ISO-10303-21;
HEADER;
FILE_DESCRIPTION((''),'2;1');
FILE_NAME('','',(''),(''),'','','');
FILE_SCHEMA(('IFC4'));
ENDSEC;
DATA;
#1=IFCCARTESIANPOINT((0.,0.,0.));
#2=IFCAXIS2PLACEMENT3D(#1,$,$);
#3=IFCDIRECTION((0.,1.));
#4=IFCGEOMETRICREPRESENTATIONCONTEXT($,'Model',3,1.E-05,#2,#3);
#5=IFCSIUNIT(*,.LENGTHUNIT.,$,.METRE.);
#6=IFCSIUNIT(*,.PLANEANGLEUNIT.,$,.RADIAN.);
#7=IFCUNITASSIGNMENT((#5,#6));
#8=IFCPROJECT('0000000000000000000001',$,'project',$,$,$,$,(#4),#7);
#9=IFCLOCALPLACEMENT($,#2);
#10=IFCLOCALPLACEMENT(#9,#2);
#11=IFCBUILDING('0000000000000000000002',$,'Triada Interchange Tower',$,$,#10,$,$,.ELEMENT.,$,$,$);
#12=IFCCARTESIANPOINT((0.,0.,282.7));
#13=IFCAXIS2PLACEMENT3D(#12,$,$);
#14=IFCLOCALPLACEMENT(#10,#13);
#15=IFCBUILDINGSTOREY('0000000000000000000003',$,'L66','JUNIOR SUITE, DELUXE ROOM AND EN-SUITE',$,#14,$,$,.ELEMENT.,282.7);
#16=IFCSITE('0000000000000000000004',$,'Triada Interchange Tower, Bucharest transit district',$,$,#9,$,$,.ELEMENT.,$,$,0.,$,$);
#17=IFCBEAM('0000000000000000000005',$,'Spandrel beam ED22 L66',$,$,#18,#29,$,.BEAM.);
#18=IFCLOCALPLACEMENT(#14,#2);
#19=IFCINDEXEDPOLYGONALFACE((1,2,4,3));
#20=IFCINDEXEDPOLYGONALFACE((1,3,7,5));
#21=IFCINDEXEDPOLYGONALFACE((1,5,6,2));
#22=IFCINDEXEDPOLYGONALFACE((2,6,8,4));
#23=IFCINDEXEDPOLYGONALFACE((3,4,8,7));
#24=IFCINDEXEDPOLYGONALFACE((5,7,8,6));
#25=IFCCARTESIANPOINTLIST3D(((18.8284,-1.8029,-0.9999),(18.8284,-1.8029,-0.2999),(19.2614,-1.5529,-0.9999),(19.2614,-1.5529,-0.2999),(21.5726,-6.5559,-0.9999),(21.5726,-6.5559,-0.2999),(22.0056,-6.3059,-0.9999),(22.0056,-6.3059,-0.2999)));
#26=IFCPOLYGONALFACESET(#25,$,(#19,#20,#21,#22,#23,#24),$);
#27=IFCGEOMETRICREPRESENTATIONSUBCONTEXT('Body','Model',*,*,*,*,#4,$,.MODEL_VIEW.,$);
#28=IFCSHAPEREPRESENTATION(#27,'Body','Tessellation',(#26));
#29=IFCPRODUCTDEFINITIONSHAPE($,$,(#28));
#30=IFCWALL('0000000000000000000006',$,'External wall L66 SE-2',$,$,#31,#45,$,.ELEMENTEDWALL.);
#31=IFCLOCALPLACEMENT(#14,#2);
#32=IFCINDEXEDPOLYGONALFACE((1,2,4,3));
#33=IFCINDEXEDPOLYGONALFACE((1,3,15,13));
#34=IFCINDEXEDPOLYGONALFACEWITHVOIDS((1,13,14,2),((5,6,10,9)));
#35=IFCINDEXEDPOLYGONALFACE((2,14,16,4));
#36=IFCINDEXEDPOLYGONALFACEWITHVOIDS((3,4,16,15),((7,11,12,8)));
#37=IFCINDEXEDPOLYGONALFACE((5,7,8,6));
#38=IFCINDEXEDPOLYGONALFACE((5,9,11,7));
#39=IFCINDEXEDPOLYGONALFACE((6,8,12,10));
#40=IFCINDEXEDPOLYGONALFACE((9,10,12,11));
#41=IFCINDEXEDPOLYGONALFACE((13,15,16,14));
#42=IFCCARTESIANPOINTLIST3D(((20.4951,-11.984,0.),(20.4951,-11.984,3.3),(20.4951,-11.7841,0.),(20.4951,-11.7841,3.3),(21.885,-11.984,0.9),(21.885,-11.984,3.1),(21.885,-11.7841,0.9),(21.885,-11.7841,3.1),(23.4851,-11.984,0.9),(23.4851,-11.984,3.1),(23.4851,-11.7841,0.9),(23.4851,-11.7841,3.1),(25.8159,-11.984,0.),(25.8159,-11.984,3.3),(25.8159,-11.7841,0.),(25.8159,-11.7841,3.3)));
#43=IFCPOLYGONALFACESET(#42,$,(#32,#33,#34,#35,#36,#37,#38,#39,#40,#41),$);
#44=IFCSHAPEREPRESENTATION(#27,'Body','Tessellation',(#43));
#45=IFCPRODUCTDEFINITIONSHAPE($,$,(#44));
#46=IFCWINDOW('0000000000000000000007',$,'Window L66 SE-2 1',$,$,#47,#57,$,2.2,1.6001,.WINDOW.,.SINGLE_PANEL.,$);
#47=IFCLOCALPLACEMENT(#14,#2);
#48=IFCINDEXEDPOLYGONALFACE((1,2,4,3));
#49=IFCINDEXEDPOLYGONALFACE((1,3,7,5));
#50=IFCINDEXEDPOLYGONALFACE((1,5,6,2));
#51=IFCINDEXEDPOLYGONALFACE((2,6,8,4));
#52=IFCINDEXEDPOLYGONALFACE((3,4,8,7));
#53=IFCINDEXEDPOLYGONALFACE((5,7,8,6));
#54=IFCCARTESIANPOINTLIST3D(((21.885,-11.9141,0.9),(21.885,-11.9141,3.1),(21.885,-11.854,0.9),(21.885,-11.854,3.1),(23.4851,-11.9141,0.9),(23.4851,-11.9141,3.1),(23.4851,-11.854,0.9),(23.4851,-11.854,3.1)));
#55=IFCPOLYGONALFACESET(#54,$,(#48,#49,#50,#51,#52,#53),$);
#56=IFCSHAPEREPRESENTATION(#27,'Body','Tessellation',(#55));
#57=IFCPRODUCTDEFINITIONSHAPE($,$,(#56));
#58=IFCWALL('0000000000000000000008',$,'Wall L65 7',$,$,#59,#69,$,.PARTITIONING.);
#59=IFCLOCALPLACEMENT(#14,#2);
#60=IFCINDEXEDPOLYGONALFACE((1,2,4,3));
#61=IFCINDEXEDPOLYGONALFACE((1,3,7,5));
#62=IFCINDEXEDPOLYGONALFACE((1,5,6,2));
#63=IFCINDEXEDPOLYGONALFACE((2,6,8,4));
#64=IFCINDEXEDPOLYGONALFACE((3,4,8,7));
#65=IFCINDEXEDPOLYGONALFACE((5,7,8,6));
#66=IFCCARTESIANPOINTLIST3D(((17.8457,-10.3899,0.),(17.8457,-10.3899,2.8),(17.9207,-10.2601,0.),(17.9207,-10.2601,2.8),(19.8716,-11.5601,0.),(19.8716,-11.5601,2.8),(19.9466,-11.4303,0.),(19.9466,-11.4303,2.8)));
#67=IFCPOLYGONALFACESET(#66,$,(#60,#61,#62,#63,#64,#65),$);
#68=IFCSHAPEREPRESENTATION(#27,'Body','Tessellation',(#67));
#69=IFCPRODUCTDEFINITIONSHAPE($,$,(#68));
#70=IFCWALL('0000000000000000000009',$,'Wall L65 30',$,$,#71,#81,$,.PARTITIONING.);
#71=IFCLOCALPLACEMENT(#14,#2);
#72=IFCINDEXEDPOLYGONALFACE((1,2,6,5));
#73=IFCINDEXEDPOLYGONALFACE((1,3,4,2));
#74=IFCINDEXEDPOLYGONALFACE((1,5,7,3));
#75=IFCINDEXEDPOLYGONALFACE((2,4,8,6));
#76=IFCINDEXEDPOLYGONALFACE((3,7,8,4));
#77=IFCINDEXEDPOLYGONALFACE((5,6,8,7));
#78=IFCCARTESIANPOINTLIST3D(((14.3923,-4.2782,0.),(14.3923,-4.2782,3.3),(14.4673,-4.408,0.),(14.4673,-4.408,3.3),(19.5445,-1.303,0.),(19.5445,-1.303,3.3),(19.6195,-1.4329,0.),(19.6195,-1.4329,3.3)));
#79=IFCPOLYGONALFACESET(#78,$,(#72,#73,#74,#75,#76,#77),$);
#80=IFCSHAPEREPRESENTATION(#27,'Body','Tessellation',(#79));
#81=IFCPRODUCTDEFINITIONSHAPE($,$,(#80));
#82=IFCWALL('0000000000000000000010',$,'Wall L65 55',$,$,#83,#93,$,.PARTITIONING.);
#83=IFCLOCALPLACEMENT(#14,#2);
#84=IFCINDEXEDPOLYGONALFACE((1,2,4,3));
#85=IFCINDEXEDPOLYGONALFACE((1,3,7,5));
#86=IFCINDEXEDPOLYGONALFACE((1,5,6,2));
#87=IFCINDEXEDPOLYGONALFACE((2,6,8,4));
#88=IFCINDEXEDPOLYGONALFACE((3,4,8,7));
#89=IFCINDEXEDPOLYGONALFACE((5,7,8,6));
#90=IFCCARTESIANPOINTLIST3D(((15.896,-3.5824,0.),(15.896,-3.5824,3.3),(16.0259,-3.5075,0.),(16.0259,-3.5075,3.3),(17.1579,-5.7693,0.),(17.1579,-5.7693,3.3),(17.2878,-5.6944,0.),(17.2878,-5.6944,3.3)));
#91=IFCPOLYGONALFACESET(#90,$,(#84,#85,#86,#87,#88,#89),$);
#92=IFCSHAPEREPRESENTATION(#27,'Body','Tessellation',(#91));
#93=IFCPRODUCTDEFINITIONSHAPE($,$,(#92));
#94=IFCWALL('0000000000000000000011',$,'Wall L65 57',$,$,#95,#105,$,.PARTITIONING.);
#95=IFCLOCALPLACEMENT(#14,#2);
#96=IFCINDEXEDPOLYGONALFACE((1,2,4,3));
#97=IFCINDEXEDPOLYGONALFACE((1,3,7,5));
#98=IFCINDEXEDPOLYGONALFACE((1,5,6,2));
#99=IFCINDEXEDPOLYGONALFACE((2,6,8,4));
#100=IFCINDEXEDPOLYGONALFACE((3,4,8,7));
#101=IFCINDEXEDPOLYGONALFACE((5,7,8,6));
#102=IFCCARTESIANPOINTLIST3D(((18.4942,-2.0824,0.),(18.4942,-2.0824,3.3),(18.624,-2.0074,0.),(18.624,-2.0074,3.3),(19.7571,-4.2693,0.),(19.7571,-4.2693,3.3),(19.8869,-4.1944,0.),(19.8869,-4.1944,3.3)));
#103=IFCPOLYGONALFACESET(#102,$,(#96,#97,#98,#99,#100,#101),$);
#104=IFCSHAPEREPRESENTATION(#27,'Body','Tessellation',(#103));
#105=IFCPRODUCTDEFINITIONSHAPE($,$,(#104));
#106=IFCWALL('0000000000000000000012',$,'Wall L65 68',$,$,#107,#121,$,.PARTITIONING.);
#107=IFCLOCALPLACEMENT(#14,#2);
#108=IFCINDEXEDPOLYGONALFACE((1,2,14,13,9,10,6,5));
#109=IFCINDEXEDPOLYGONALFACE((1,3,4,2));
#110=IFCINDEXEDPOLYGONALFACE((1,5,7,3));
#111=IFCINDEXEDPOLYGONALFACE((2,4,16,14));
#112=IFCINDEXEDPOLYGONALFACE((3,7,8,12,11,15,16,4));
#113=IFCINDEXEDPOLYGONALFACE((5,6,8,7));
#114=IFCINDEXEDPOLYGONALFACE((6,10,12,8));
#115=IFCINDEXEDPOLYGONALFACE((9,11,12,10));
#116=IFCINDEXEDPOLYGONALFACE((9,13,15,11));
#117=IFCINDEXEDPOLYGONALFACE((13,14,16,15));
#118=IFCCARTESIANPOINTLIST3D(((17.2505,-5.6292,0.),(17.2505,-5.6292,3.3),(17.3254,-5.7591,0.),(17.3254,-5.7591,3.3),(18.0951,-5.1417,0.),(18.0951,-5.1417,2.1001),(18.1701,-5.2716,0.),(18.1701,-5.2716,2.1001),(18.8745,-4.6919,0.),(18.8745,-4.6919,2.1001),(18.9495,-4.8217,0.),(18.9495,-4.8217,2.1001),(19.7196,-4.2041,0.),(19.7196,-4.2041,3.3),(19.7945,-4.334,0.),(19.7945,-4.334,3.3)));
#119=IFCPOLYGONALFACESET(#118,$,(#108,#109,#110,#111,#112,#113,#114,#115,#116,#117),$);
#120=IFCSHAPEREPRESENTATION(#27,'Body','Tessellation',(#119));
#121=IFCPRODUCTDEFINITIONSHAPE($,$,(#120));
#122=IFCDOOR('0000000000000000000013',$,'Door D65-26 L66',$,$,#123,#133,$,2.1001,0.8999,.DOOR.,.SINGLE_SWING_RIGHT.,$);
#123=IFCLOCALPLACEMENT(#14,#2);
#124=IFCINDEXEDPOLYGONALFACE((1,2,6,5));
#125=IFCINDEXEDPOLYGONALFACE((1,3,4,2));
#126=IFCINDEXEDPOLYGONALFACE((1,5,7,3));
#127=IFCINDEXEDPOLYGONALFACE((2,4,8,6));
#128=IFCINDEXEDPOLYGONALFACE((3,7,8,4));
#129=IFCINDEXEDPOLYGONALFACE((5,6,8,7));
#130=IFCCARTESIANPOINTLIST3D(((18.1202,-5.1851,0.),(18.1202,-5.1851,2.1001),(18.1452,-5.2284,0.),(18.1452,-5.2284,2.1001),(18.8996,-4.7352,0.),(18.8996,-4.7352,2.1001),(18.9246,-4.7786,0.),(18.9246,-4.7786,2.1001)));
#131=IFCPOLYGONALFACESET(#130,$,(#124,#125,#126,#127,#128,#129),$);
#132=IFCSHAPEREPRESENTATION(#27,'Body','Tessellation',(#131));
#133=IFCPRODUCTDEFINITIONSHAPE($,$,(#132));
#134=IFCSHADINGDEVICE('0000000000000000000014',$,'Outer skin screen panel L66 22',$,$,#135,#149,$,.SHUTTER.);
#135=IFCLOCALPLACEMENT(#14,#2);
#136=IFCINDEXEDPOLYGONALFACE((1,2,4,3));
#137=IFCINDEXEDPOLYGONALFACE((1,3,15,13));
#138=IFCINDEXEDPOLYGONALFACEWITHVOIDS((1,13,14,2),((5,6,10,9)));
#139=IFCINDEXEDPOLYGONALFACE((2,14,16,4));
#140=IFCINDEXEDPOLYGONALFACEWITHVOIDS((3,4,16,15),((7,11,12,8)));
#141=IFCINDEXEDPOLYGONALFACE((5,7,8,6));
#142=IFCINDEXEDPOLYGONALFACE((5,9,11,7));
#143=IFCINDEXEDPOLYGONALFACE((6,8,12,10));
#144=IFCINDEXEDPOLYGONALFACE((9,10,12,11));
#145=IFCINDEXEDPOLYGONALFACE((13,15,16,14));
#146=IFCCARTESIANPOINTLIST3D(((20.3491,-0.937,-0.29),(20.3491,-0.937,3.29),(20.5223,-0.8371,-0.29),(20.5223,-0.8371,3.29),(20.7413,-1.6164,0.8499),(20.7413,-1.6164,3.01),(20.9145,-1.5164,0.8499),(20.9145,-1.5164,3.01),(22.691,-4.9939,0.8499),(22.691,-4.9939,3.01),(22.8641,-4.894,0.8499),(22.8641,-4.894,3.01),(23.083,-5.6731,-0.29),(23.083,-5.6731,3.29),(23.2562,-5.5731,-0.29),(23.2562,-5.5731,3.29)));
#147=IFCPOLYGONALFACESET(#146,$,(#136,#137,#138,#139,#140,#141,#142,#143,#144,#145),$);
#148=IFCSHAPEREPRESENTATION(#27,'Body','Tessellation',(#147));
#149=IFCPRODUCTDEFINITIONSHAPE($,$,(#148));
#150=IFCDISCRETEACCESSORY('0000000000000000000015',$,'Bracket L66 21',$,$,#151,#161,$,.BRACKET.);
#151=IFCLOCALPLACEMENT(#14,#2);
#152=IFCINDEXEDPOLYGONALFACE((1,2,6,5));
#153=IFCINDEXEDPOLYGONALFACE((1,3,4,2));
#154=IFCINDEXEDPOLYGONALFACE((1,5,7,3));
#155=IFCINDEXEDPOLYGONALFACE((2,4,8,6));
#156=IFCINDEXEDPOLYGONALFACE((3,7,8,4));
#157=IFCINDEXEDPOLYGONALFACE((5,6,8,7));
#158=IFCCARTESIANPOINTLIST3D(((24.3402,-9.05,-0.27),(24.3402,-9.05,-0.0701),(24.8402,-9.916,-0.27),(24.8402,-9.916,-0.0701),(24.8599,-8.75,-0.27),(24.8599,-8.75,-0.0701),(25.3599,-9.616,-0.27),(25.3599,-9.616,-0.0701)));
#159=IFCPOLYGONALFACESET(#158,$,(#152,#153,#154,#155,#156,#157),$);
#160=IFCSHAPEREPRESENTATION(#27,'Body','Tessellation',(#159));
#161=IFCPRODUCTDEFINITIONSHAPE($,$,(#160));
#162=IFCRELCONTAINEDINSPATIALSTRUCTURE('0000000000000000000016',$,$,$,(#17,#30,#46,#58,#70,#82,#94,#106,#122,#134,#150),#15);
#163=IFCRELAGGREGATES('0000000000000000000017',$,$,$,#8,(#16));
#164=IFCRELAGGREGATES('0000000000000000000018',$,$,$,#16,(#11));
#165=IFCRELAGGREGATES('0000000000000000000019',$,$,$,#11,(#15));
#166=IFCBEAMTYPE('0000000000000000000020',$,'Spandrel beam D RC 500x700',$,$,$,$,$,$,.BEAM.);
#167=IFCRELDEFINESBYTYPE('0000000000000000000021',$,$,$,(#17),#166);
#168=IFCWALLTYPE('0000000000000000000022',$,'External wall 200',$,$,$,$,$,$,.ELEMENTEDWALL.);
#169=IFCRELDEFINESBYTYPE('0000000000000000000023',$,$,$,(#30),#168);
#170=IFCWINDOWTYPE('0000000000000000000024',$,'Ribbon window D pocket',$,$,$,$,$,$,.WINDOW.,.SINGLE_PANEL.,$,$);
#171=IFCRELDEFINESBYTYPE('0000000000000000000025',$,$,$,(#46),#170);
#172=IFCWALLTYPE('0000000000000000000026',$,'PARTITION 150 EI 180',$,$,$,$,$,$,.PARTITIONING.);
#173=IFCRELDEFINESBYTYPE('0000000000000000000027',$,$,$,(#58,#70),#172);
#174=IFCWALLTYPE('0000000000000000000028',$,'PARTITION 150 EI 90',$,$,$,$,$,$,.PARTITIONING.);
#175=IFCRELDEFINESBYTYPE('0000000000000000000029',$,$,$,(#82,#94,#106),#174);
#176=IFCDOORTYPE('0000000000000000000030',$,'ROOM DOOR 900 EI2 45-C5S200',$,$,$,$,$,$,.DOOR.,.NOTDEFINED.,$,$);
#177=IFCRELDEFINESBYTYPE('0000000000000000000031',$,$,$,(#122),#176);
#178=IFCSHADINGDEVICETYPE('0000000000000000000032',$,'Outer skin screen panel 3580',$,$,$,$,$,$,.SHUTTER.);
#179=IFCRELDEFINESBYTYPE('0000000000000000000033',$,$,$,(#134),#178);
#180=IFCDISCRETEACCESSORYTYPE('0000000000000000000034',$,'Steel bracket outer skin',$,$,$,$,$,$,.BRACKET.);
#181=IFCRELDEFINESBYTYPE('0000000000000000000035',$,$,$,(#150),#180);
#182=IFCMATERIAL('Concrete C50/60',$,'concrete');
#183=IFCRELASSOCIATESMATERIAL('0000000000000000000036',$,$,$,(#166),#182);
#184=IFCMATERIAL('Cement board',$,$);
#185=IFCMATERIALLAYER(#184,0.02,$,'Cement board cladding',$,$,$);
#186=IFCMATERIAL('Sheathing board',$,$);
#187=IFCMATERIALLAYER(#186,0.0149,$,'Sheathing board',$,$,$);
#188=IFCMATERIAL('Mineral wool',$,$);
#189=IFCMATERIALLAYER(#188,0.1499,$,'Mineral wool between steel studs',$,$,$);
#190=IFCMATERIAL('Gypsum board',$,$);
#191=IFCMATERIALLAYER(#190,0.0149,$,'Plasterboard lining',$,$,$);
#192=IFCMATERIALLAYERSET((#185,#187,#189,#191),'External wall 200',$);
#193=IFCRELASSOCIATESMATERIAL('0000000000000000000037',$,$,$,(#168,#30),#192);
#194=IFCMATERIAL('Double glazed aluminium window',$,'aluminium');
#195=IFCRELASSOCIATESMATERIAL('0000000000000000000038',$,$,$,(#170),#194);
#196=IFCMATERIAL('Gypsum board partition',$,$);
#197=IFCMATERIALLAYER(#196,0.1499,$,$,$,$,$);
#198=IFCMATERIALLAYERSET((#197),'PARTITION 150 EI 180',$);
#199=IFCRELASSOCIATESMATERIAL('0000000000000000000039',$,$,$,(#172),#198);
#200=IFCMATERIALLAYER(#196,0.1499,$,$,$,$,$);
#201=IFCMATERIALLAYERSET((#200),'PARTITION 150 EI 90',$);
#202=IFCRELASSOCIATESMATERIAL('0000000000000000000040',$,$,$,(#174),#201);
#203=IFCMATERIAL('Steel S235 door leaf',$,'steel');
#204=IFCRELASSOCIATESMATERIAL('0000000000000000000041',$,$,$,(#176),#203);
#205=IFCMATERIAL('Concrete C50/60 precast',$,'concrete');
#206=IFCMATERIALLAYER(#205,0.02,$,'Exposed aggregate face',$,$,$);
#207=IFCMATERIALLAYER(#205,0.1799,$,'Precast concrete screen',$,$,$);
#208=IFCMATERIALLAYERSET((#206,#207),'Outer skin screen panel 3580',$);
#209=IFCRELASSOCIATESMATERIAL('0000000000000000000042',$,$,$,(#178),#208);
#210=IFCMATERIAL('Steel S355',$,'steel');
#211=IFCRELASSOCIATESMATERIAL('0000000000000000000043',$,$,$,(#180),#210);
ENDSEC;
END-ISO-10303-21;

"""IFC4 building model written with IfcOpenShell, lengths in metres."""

from ifc_helpers import new_model, si_unit, direction, frame, frame_2d, origin, origin_2d, place, context, subcontext, project, spatial, polyline, rectangle, outline, extrude, material, layer, layer_set, layer_usage, material_profile, profile_set, type_object, element, fill, save


model = new_model("IFC4")

# Units and contexts
model_context = context("Model", 3, precision=1e-05, world=origin(), true_north=direction((0.0, 1.0)))
body_context = subcontext(model_context, "Body", "Model", "MODEL_VIEW")
ifc_project = project(units=[si_unit("LENGTHUNIT", "METRE"), si_unit("PLANEANGLEUNIT", "RADIAN")], contexts=[model_context])

# Site, building, storey
site_placement = place(None, origin())
site = spatial("IfcSite", under=ifc_project, at=site_placement, Name="Triada Interchange Tower, Bucharest transit district", CompositionType="ELEMENT", RefElevation=0.0)
building_placement = place(site_placement, origin())
building = spatial("IfcBuilding", under=site, at=building_placement, Name="Triada Interchange Tower", CompositionType="ELEMENT")
storey_placement = place(building_placement, frame((0.0, 0.0, 282.7)))
storey = spatial("IfcBuildingStorey", under=building, at=storey_placement, Name="L66", Description="JUNIOR SUITE, DELUXE ROOM AND EN-SUITE", CompositionType="ELEMENT", Elevation=282.7)

# Beam
ifc_material_1 = material(Name="Concrete C50/60", Category="concrete")
ifc_material_profile_1 = material_profile(ifc_material_1, rectangle(XDim=0.5, YDim=0.7, at=origin_2d()), Name="RC 500x700")
ifc_profile_set_1 = profile_set([ifc_material_profile_1], Name="Concrete C50/60")
beam_type_1 = type_object("IfcBeamType", Name="Spandrel beam D RC 500x700", PredefinedType="BEAM", material=ifc_profile_set_1)
for number, where, z_axis, x_axis, name in (
    (1, (21.7891, -6.4309, -0.6499), (-0.500005, 0.866023, 0.0), (-0.866023, -0.500005, 0.0), "Spandrel beam ED22 L66"),
):
    element("IfcBeam", number, at=place(storey_placement, frame(where, z_axis=z_axis, x_axis=x_axis)), inside=storey, type_object=beam_type_1, Name=name, PredefinedType="BEAM", context=body_context, shape_type="SweptSolid", body=[
        extrude(rectangle(XDim=0.5, YDim=0.7, at=origin_2d()), origin(), (0.0, 0.0, 1.0), 5.4883),
    ])

# Shared definitions
ifc_material_2 = material(Name="Steel S235 door leaf", Category="steel")

# Wall, opening, window
ifc_material_3 = material(Name="Cement board")
ifc_layer_1 = layer(ifc_material_3, 0.02, Name="Cement board cladding")
ifc_material_4 = material(Name="Sheathing board")
ifc_layer_2 = layer(ifc_material_4, 0.0149, Name="Sheathing board")
ifc_material_5 = material(Name="Mineral wool")
ifc_layer_3 = layer(ifc_material_5, 0.1499, Name="Mineral wool between steel studs")
ifc_material_6 = material(Name="Gypsum board")
ifc_layer_4 = layer(ifc_material_6, 0.0149, Name="Plasterboard lining")
ifc_layer_set_1 = layer_set([ifc_layer_1, ifc_layer_2, ifc_layer_3, ifc_layer_4], Name="External wall 200")
ifc_layer_usage = layer_usage(ifc_layer_set_1, "AXIS2", "POSITIVE", -0.1001)
wall_type_1 = type_object("IfcWallType", Name="External wall 200", PredefinedType="ELEMENTEDWALL", material=ifc_layer_set_1)
wall_1_placement = place(storey_placement, frame((20.4951, -11.884, 0.0), z_axis=(0.0, 0.0, 1.0), x_axis=(1.0, 0.0, 0.0)))
wall_1 = element("IfcWall", 2, at=wall_1_placement, inside=storey, type_object=wall_type_1, material=ifc_layer_usage, Name="External wall L66 SE-2", PredefinedType="ELEMENTEDWALL", context=body_context, shape_type="SweptSolid", body=[
    extrude(rectangle(XDim=5.3208, YDim=0.2, at=frame_2d((2.6604, 0.0))), origin(), (0.0, 0.0, 1.0), 3.3),
])
opening_1_placement = place(wall_1_placement, frame((1.3899, 0.0, 0.8999)))
opening_1 = element("IfcOpeningElement", 3, at=opening_1_placement, cuts=wall_1, PredefinedType="OPENING", context=body_context, shape_type="SweptSolid", body=[
    extrude(rectangle(XDim=1.6001, YDim=2.2, at=frame_2d((0.8, 1.1001))), frame((0.0, 0.1099, 0.0), z_axis=(0.0, -1.0, 0.0), x_axis=(1.0, 0.0, 0.0)), (0.0, 0.0, 1.0), 0.22),
])
ifc_material_7 = material(Name="Double glazed aluminium window", Category="aluminium")
window_type = type_object("IfcWindowType", Name="Ribbon window D pocket", PartitioningType="SINGLE_PANEL", PredefinedType="WINDOW", material=ifc_material_7)
window_placement = place(opening_1_placement, origin())
window = element("IfcWindow", 4, at=window_placement, inside=storey, type_object=window_type, Name="Window L66 SE-2 1", OverallHeight=2.2, OverallWidth=1.6001, PartitioningType="SINGLE_PANEL", PredefinedType="WINDOW", context=body_context, shape_type="SweptSolid", body=[
    extrude(rectangle(XDim=1.6001, YDim=2.2, at=frame_2d((0.8, 1.1001))), frame((0.0, 0.03, 0.0), z_axis=(0.0, -1.0, 0.0), x_axis=(1.0, 0.0, 0.0)), (0.0, 0.0, 1.0), 0.0601),
])
fill(opening_1, window)

# Walls
ifc_material_8 = material(Name="Gypsum board partition")
ifc_layer_5 = layer(ifc_material_8, 0.1499)
ifc_layer_set_2 = layer_set([ifc_layer_5], Name="PARTITION 150 EI 180")
wall_type_2 = type_object("IfcWallType", Name="PARTITION 150 EI 180", PredefinedType="PARTITIONING", material=ifc_layer_set_2)
wall_2_placement = place(storey_placement, frame((17.8831, -10.325, 0.0), z_axis=(0.0, 0.0, 1.0), x_axis=(0.865928, -0.500168, 0.0)))
element("IfcWall", 5, at=wall_2_placement, inside=storey, type_object=wall_type_2, Name="Wall L65 7", PredefinedType="PARTITIONING", context=body_context, shape_type="SweptSolid", body=[
    extrude(rectangle(XDim=2.3396, YDim=0.1499, at=frame_2d((1.1699, 0.0))), origin(), (0.0, 0.0, 1.0), 2.8),
])
wall_3_placement = place(storey_placement, frame((14.4299, -4.343, 0.0), z_axis=(0.0, 0.0, 1.0), x_axis=(0.865987, 0.500067, 0.0)))
element("IfcWall", 6, at=wall_3_placement, inside=storey, type_object=wall_type_2, Name="Wall L65 30", PredefinedType="PARTITIONING", context=body_context, shape_type="SweptSolid", body=[
    extrude(rectangle(XDim=5.9495, YDim=0.1499, at=frame_2d((2.9746, 0.0))), origin(), (0.0, 0.0, 1.0), 3.3),
])
ifc_layer_6 = layer(ifc_material_8, 0.1499)
ifc_layer_set_3 = layer_set([ifc_layer_6], Name="PARTITION 150 EI 90")
wall_type_3 = type_object("IfcWallType", Name="PARTITION 150 EI 90", PredefinedType="PARTITIONING", material=ifc_layer_set_3)
wall_4_placement = place(storey_placement, frame((15.9609, -3.5449, 0.0), z_axis=(0.0, 0.0, 1.0), x_axis=(0.499789, -0.866147, 0.0)))
element("IfcWall", 7, at=wall_4_placement, inside=storey, type_object=wall_type_3, Name="Wall L65 55", PredefinedType="PARTITIONING", context=body_context, shape_type="SweptSolid", body=[
    extrude(rectangle(XDim=2.5249, YDim=0.1499, at=frame_2d((1.2625, 0.0))), origin(), (0.0, 0.0, 1.0), 3.3),
])
wall_5_placement = place(storey_placement, frame((18.5591, -2.0449, 0.0), z_axis=(0.0, 0.0, 1.0), x_axis=(0.500079, -0.86598, 0.0)))
element("IfcWall", 8, at=wall_5_placement, inside=storey, type_object=wall_type_3, Name="Wall L65 57", PredefinedType="PARTITIONING", context=body_context, shape_type="SweptSolid", body=[
    extrude(rectangle(XDim=2.5254, YDim=0.1499, at=frame_2d((1.2627, 0.0))), origin(), (0.0, 0.0, 1.0), 3.3),
])

# Wall, opening, door
wall_6_placement = place(storey_placement, frame((17.2881, -5.6941, 0.0), z_axis=(0.0, 0.0, 1.0), x_axis=(0.86609, 0.499888, 0.0)))
wall_6 = element("IfcWall", 9, at=wall_6_placement, inside=storey, type_object=wall_type_3, Name="Wall L65 68", PredefinedType="PARTITIONING", context=body_context, shape_type="SweptSolid", body=[
    extrude(rectangle(XDim=2.8508, YDim=0.1499, at=frame_2d((1.4253, 0.0))), origin(), (0.0, 0.0, 1.0), 3.3),
])
opening_2_placement = place(wall_6_placement, frame((0.9751, 0.0, 0.0)))
opening_2 = element("IfcOpeningElement", 10, at=opening_2_placement, cuts=wall_6, PredefinedType="OPENING", context=body_context, shape_type="SweptSolid", body=[
    extrude(rectangle(XDim=0.8999, YDim=2.1001, at=frame_2d((0.45, 1.05))), frame((0.0, 0.085, 0.0), z_axis=(0.0, -1.0, 0.0), x_axis=(1.0, 0.0, 0.0)), (0.0, 0.0, 1.0), 0.1699),
])
door_type_1 = type_object("IfcDoorType", Name="ROOM DOOR 900 EI2 45-C5S200", OperationType="NOTDEFINED", PredefinedType="DOOR", material=ifc_material_2)
door_1_placement = place(opening_2_placement, origin())
door_1 = element("IfcDoor", 11, at=door_1_placement, inside=storey, type_object=door_type_1, Name="Door D65-26 L66", OperationType="SINGLE_SWING_RIGHT", OverallHeight=2.1001, OverallWidth=0.8999, PredefinedType="DOOR", context=body_context, shape_type="SweptSolid", body=[
    extrude(rectangle(XDim=0.8999, YDim=2.1001, at=frame_2d((0.45, 1.05))), frame((0.0, 0.0249, 0.0), z_axis=(0.0, -1.0, 0.0), x_axis=(1.0, 0.0, 0.0)), (0.0, 0.0, 1.0), 0.05),
])
fill(opening_2, door_1)

# Shading device
ifc_material_9 = material(Name="Concrete C50/60 precast", Category="concrete")
ifc_layer_7 = layer(ifc_material_9, 0.02, Name="Exposed aggregate face")
ifc_layer_8 = layer(ifc_material_9, 0.1799, Name="Precast concrete screen")
ifc_layer_set_4 = layer_set([ifc_layer_7, ifc_layer_8], Name="Outer skin screen panel 3580")
shading_device_type = type_object("IfcShadingDeviceType", Name="Outer skin screen panel 3580", PredefinedType="SHUTTER", material=ifc_layer_set_4)
shading_device_placement = place(storey_placement, frame((23.083, -5.6731, -0.29), z_axis=(0.0, 0.0, 1.0), x_axis=(-0.499932, 0.866064, 0.0)))
element("IfcShadingDevice", 12, at=shading_device_placement, inside=storey, type_object=shading_device_type, Name="Outer skin screen panel L66 22", PredefinedType="SHUTTER", context=body_context, shape_type="SweptSolid", body=[
    extrude(outline(polyline([(0.0, 0.0), (5.4685, 0.0), (5.4685, 3.5801), (0.0, 3.5801), (0.0, 0.0)]), holes=[polyline([(0.7842, 1.1399), (0.7842, 3.3), (4.6841, 3.3), (4.6841, 1.1399), (0.7842, 1.1399)])]), frame((0.0, 0.0, 0.0), z_axis=(0.0, -1.0, 0.0), x_axis=(1.0, 0.0, 0.0)), (0.0, 0.0, 1.0), 0.2),
])

# Discrete accessory
ifc_material_10 = material(Name="Steel S355", Category="steel")
discrete_accessory_type = type_object("IfcDiscreteAccessoryType", Name="Steel bracket outer skin", PredefinedType="BRACKET", material=ifc_material_10)
for number, where, z_axis, x_axis, name in (
    (13, (24.8501, -9.333, -0.27), (0.0, 0.0, 1.0), (0.866024, 0.500002, 0.0), "Bracket L66 21"),
):
    element("IfcDiscreteAccessory", number, at=place(storey_placement, frame(where, z_axis=z_axis, x_axis=x_axis)), inside=storey, type_object=discrete_accessory_type, Name=name, PredefinedType="BRACKET", context=body_context, shape_type="SweptSolid", body=[
        extrude(rectangle(XDim=0.6001, YDim=1.0, at=origin_2d()), origin(), (0.0, 0.0, 1.0), 0.2),
    ])

save(model, "model.ifc")
